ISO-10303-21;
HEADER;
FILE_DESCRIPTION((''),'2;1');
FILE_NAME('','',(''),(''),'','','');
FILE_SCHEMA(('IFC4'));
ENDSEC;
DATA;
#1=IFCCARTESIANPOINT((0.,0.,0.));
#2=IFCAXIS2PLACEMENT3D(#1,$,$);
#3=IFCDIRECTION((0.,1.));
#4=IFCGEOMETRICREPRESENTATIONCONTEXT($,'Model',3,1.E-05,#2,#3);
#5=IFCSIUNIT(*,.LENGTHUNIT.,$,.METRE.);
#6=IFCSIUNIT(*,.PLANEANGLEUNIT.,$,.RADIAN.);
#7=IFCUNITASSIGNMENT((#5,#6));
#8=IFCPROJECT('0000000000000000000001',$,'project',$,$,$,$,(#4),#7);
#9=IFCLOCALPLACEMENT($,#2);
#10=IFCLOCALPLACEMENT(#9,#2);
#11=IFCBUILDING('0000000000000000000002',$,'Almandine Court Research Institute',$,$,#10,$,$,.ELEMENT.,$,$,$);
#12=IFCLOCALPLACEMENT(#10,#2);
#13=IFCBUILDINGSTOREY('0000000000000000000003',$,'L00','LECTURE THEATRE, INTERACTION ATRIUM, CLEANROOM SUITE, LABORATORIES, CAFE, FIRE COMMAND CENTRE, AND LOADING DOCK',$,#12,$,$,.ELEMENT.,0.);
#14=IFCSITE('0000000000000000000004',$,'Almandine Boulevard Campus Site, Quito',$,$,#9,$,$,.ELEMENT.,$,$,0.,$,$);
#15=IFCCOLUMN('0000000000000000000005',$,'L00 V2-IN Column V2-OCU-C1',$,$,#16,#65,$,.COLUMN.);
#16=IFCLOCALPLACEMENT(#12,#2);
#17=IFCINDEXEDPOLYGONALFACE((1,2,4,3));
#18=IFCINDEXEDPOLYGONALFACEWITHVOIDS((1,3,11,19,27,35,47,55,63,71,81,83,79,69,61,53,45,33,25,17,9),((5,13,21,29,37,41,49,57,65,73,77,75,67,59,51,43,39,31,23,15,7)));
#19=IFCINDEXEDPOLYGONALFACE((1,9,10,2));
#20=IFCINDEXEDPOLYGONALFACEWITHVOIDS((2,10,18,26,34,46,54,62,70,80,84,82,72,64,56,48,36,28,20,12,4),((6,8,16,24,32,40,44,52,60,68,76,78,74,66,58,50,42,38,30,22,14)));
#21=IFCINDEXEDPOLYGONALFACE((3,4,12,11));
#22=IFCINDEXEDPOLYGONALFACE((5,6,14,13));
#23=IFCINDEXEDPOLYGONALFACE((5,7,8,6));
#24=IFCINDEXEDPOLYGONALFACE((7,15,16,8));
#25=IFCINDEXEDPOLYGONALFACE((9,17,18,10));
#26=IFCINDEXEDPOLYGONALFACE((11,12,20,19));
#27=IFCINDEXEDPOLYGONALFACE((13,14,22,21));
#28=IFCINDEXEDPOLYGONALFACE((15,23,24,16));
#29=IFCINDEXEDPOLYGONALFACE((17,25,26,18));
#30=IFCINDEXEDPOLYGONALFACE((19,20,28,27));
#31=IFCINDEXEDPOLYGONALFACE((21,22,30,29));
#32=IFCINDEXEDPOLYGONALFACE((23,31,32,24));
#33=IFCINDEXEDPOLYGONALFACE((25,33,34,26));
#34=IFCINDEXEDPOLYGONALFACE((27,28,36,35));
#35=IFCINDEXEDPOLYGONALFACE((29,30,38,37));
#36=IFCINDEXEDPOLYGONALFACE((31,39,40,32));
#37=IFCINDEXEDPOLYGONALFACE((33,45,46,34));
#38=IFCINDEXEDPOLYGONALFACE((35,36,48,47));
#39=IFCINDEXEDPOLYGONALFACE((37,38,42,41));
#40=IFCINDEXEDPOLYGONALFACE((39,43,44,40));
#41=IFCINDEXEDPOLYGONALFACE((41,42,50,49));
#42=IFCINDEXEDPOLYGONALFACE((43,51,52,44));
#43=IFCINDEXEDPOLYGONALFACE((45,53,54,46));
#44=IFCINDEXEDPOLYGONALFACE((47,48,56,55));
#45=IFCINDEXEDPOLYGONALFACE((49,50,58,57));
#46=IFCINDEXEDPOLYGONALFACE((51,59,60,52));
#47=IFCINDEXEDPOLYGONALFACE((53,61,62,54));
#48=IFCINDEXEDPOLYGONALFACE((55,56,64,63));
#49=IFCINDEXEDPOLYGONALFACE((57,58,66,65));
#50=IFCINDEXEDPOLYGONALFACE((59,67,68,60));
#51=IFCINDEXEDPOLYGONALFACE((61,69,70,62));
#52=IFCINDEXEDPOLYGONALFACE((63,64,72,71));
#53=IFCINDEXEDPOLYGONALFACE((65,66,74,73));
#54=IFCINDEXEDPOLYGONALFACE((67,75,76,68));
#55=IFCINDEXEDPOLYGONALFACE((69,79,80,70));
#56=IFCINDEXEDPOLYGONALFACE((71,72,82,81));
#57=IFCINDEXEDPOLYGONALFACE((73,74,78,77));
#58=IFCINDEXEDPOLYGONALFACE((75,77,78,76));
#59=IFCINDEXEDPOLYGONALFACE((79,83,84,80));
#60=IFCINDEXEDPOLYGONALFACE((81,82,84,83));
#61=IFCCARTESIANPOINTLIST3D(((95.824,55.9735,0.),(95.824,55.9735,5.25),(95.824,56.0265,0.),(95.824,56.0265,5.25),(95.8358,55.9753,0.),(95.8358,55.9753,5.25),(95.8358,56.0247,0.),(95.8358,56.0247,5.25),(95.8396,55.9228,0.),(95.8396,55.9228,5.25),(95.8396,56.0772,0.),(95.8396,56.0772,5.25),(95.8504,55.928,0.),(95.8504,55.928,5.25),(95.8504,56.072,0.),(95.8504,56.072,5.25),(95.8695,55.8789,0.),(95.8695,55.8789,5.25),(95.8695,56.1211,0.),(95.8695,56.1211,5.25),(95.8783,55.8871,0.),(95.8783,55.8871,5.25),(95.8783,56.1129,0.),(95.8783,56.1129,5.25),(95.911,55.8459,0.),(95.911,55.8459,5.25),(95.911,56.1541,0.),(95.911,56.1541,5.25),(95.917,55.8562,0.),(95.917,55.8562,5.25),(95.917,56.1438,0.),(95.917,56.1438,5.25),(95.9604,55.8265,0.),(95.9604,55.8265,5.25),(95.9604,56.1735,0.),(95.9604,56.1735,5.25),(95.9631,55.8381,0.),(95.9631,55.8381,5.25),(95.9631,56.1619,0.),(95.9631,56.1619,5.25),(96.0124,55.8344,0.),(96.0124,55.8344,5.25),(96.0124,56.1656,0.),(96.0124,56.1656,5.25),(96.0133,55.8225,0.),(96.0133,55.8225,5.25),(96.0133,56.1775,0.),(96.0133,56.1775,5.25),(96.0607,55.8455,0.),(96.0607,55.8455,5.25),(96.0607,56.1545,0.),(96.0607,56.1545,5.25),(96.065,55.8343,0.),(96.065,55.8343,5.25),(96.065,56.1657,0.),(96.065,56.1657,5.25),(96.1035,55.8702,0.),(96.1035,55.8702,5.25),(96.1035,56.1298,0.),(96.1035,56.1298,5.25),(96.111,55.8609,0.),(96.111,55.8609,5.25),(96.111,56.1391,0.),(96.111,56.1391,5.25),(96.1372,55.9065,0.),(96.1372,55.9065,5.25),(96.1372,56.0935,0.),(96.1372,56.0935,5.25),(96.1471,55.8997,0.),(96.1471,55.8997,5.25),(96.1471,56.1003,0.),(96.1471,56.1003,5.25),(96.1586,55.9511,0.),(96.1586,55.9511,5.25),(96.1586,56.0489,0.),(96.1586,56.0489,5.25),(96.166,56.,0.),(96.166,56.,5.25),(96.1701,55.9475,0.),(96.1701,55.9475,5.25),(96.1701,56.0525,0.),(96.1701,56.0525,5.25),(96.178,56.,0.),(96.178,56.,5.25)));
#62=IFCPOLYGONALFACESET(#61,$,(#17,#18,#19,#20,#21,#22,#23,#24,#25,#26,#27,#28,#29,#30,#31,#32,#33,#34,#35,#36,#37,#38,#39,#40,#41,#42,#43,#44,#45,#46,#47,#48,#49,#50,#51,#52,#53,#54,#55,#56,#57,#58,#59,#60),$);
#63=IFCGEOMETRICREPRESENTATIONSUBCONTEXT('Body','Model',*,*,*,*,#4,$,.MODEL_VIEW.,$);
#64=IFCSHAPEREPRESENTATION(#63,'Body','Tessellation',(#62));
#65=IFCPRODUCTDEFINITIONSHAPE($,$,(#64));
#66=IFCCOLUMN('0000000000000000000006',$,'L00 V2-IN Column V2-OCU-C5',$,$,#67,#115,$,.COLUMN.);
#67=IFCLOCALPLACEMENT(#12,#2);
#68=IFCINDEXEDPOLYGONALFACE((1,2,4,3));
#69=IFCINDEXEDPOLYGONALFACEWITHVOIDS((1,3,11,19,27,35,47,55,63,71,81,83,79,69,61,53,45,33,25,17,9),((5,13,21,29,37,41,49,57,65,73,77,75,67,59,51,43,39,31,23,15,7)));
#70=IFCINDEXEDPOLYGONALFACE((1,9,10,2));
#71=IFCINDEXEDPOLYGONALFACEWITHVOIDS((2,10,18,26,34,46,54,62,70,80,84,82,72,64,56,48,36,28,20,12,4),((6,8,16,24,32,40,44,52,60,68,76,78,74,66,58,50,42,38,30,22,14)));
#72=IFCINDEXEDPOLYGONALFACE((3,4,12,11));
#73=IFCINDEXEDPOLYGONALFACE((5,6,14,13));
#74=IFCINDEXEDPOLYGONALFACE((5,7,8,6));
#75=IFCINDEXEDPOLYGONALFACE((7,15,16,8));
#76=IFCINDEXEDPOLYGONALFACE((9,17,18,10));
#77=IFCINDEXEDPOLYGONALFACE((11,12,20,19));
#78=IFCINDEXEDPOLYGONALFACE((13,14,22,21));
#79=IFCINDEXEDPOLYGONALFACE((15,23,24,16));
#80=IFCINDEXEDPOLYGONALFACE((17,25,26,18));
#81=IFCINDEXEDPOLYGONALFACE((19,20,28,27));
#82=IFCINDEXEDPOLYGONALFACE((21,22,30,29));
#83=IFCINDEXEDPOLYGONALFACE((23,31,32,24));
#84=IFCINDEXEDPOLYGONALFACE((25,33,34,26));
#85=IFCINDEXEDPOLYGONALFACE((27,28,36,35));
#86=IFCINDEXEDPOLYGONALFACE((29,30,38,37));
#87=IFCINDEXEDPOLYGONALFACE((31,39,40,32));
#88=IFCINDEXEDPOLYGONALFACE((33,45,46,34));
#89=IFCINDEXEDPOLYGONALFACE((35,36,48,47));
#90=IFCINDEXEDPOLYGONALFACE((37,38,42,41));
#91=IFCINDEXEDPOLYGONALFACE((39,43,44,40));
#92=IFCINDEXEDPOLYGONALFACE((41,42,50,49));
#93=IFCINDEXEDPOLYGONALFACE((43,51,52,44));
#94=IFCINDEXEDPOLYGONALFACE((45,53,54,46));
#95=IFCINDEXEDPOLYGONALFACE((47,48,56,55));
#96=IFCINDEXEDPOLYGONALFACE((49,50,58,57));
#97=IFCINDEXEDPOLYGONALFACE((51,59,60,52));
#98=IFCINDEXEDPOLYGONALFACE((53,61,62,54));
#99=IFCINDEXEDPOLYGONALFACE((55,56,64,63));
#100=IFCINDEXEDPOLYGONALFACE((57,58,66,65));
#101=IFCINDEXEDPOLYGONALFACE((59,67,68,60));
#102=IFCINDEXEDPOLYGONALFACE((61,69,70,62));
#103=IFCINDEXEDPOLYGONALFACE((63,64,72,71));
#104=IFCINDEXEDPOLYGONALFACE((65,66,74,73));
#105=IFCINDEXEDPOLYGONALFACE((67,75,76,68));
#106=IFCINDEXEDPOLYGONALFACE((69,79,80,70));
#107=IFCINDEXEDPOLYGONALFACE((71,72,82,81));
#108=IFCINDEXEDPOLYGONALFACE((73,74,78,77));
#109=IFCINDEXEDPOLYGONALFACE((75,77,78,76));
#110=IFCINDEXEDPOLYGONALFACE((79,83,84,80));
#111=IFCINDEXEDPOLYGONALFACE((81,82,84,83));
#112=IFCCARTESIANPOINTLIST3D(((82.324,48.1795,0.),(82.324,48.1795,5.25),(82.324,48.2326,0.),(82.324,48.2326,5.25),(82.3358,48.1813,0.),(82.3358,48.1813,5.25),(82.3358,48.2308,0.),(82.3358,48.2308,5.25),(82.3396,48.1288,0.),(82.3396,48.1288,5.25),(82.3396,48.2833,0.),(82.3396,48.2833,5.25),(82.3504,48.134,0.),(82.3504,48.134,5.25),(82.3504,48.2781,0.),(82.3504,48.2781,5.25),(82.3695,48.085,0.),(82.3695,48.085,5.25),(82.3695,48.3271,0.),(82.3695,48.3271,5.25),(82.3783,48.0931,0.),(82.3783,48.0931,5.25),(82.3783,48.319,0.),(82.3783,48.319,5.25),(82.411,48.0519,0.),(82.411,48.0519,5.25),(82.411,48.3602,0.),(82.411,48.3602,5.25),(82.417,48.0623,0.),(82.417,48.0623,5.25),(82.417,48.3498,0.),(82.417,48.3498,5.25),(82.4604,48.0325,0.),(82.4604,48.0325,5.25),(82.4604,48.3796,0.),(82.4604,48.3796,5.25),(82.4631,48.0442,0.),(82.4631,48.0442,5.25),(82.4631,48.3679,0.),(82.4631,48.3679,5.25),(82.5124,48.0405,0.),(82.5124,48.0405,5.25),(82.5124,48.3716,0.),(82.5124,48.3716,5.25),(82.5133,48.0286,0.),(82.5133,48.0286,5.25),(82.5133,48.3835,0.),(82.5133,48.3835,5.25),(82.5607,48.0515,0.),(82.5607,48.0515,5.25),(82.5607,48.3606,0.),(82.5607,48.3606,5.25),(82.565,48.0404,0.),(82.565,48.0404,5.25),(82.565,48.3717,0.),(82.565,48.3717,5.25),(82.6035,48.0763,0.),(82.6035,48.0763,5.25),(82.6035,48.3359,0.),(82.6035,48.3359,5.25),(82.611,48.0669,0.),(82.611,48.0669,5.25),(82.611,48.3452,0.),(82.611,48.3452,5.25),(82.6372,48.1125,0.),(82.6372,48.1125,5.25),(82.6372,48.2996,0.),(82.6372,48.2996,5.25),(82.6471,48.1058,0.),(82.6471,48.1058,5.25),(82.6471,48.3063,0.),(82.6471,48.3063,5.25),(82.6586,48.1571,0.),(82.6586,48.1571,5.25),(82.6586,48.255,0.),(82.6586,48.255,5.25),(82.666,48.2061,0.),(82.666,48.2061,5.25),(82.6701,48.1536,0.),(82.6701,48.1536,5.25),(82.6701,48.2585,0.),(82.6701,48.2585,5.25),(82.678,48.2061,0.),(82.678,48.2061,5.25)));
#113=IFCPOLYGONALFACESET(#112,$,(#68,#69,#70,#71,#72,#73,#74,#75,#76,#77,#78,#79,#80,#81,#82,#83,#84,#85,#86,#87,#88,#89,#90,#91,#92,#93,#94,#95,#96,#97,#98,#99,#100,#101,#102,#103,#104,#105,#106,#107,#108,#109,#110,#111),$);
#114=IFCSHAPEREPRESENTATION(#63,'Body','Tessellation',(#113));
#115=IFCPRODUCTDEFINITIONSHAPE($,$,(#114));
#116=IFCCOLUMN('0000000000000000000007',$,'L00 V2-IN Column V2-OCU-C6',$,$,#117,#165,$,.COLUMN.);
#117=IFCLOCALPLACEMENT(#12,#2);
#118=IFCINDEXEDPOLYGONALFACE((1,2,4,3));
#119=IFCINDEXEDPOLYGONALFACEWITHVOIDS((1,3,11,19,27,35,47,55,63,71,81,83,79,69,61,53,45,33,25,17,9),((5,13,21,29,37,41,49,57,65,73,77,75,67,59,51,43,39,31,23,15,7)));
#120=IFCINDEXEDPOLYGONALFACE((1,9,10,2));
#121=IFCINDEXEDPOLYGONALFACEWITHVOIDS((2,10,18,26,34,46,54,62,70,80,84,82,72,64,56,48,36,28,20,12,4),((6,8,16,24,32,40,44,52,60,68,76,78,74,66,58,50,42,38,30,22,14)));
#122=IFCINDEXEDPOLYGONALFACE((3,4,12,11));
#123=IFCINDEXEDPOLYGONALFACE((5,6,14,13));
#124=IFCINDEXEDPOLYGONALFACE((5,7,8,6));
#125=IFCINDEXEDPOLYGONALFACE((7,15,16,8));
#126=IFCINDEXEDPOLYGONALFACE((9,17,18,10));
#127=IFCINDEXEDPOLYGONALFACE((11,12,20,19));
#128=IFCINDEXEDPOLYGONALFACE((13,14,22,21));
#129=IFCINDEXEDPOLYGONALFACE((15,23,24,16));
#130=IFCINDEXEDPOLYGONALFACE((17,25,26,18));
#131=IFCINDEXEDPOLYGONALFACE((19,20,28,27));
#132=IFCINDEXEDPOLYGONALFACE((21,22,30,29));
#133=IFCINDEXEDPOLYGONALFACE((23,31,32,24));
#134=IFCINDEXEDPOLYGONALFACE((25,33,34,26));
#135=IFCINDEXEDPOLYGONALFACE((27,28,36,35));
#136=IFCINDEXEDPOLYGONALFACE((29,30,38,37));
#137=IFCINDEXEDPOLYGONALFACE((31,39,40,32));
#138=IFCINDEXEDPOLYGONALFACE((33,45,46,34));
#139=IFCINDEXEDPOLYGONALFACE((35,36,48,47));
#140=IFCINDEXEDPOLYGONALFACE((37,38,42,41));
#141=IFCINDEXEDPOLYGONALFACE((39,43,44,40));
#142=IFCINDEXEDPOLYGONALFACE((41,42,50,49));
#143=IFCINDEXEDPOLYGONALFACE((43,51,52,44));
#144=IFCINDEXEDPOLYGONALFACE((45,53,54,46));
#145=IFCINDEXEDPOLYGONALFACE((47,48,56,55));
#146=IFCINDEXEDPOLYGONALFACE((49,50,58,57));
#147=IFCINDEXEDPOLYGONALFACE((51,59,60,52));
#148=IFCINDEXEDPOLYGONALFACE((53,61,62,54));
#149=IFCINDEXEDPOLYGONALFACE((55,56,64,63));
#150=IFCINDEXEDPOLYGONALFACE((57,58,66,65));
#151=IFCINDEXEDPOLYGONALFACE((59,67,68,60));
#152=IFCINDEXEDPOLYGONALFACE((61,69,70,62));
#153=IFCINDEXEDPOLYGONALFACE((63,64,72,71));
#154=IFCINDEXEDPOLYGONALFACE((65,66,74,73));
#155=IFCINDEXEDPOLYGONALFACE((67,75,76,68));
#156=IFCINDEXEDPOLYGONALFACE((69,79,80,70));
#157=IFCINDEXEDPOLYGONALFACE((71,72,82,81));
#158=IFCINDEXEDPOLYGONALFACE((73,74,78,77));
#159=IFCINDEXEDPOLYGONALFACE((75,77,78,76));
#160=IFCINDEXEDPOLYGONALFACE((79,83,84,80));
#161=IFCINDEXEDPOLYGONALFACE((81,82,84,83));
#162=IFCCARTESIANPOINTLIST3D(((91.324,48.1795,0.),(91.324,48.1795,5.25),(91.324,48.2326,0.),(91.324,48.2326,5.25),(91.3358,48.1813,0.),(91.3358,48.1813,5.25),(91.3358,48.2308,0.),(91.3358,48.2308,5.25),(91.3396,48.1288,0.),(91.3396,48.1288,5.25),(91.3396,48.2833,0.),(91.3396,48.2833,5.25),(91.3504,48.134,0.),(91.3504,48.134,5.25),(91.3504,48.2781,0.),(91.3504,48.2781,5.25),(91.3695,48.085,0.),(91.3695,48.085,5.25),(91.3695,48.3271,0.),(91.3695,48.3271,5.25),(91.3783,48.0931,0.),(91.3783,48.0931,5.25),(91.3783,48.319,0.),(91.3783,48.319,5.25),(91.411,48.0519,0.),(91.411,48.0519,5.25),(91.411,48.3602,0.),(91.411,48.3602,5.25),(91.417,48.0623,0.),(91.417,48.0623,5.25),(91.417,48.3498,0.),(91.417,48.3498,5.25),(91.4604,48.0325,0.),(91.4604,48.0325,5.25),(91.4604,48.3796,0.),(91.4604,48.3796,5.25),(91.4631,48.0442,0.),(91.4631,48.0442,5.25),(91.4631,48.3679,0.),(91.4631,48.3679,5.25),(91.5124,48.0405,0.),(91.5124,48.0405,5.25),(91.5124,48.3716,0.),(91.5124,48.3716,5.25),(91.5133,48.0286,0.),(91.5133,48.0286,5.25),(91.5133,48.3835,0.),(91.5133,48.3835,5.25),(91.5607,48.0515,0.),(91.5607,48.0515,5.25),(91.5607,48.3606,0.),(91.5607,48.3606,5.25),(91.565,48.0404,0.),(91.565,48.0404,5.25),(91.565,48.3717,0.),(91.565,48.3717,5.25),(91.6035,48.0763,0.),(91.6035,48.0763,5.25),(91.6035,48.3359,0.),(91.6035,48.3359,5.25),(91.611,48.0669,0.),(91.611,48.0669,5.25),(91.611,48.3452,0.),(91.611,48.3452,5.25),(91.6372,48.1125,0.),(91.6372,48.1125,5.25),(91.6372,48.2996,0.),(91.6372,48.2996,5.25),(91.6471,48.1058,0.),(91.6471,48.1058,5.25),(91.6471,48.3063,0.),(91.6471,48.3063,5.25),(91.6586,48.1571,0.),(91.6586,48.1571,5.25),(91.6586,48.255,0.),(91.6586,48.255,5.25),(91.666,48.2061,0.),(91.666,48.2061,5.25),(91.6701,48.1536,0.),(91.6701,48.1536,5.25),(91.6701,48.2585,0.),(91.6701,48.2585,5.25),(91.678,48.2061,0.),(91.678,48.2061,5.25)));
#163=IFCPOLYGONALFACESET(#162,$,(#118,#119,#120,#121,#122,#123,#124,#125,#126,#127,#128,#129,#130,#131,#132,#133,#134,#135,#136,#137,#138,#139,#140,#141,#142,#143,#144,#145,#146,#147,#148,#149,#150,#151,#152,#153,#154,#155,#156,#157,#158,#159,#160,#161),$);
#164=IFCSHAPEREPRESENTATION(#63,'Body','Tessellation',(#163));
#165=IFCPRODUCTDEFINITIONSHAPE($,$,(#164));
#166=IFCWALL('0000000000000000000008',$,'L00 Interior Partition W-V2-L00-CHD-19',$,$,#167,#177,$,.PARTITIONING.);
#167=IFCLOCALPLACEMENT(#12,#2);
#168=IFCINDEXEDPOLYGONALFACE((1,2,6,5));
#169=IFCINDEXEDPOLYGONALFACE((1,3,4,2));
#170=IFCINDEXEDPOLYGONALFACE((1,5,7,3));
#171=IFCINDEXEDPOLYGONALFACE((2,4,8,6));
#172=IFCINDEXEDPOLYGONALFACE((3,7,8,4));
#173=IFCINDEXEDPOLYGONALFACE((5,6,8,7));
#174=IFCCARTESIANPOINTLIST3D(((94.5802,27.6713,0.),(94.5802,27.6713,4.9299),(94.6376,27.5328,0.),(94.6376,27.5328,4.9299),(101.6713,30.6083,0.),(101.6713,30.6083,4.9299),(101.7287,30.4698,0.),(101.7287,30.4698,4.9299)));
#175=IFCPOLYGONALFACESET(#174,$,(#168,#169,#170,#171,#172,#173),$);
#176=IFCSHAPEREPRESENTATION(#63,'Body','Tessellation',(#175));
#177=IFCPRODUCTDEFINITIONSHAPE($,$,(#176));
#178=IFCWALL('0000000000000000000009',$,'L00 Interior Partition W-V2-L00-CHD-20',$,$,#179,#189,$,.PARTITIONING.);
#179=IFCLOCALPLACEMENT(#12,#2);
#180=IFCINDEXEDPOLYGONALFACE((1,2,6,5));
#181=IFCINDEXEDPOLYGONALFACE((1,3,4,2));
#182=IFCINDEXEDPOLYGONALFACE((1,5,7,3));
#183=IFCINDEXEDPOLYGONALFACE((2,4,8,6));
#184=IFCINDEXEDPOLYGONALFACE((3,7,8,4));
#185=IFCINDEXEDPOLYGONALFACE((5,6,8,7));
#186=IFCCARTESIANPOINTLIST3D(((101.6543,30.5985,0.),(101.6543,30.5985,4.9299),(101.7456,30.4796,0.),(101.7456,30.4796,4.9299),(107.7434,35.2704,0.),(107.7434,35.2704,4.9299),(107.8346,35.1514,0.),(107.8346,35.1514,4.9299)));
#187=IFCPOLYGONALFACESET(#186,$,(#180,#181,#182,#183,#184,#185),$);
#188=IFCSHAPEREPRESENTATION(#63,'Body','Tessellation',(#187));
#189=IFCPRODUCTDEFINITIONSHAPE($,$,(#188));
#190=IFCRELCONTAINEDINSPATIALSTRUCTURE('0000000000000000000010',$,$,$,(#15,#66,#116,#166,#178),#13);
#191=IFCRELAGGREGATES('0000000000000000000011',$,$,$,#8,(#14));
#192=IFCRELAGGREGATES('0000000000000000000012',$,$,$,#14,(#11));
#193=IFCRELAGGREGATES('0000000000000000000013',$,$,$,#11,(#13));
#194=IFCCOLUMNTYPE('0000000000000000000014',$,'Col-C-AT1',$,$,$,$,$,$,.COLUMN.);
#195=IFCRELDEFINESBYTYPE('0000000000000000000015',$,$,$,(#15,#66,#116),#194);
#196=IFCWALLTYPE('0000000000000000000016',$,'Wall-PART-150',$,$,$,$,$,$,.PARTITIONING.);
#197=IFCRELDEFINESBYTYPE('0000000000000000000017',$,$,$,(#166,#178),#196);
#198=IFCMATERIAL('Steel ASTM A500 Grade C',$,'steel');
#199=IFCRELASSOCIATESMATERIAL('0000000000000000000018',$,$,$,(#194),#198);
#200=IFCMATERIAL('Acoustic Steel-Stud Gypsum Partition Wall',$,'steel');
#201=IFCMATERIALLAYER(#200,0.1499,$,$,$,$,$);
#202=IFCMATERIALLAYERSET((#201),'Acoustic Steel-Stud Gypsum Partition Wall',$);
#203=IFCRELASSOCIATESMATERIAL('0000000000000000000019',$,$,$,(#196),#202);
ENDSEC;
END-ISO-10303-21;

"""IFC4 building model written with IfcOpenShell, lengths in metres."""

from ifc_helpers import new_model, si_unit, direction, frame, frame_2d, origin, origin_2d, place, context, subcontext, project, spatial, rectangle, hollow_circle, extrude, material, layer, layer_set, material_profile, profile_set, type_object, element, save


model = new_model("IFC4")

# Units and contexts
model_context = context("Model", 3, precision=1e-05, world=origin(), true_north=direction((0.0, 1.0)))
body_context = subcontext(model_context, "Body", "Model", "MODEL_VIEW")
ifc_project = project(units=[si_unit("LENGTHUNIT", "METRE"), si_unit("PLANEANGLEUNIT", "RADIAN")], contexts=[model_context])

# Site, building, storey
site_placement = place(None, origin())
site = spatial("IfcSite", under=ifc_project, at=site_placement, Name="Almandine Boulevard Campus Site, Quito", CompositionType="ELEMENT", RefElevation=0.0)
building_placement = place(site_placement, origin())
building = spatial("IfcBuilding", under=site, at=building_placement, Name="Almandine Court Research Institute", CompositionType="ELEMENT")
storey_placement = place(building_placement, origin())
storey = spatial("IfcBuildingStorey", under=building, at=storey_placement, Name="L00", Description="LECTURE THEATRE, INTERACTION ATRIUM, CLEANROOM SUITE, LABORATORIES, CAFE, FIRE COMMAND CENTRE, AND LOADING DOCK", CompositionType="ELEMENT", Elevation=0.0)

# Columns
ifc_material_1 = material(Name="Steel ASTM A500 Grade C", Category="steel")
ifc_material_profile = material_profile(ifc_material_1, hollow_circle(Radius=0.178, WallThickness=0.012, at=origin_2d()), Name="CHS 356x12")
ifc_profile_set = profile_set([ifc_material_profile], Name="Steel ASTM A500 Grade C")
column_type = type_object("IfcColumnType", Name="Col-C-AT1", PredefinedType="COLUMN", material=ifc_profile_set)
for number, where, z_axis, x_axis, name in (
    (1, (96.0, 56.0, 0.0), (0.0, 0.0, 1.0), (1.0, 0.0, 0.0), "L00 V2-IN Column V2-OCU-C1"),
    (2, (82.5, 48.2061, 0.0), (0.0, 0.0, 1.0), (1.0, 0.0, 0.0), "L00 V2-IN Column V2-OCU-C5"),
    (3, (91.5, 48.2061, 0.0), (0.0, 0.0, 1.0), (1.0, 0.0, 0.0), "L00 V2-IN Column V2-OCU-C6"),
):
    element("IfcColumn", number, at=place(storey_placement, frame(where, z_axis=z_axis, x_axis=x_axis)), inside=storey, type_object=column_type, Name=name, PredefinedType="COLUMN", context=body_context, shape_type="SweptSolid", body=[
        extrude(hollow_circle(Radius=0.178, WallThickness=0.012, at=origin_2d()), origin(), (0.0, 0.0, 1.0), 5.25),
    ])

# Walls
ifc_material_2 = material(Name="Acoustic Steel-Stud Gypsum Partition Wall", Category="steel")
ifc_layer = layer(ifc_material_2, 0.1499)
ifc_layer_set = layer_set([ifc_layer], Name="Acoustic Steel-Stud Gypsum Partition Wall")
wall_type = type_object("IfcWallType", Name="Wall-PART-150", PredefinedType="PARTITIONING", material=ifc_layer_set)
wall_1_placement = place(storey_placement, frame((94.6089, 27.6021, 0.0), z_axis=(0.0, 0.0, 1.0), x_axis=(0.923889, 0.382661, 0.0)))
element("IfcWall", 4, at=wall_1_placement, inside=storey, type_object=wall_type, Name="L00 Interior Partition W-V2-L00-CHD-19", PredefinedType="PARTITIONING", context=body_context, shape_type="SweptSolid", body=[
    extrude(rectangle(XDim=7.6753, YDim=0.1499, at=frame_2d((3.8376, 0.0))), origin(), (0.0, 0.0, 1.0), 4.9299),
])
wall_2_placement = place(storey_placement, frame((101.7, 30.5391, 0.0), z_axis=(0.0, 0.0, 1.0), x_axis=(0.793383, 0.608723, 0.0)))
element("IfcWall", 5, at=wall_2_placement, inside=storey, type_object=wall_type, Name="L00 Interior Partition W-V2-L00-CHD-20", PredefinedType="PARTITIONING", context=body_context, shape_type="SweptSolid", body=[
    extrude(rectangle(XDim=7.6748, YDim=0.1499, at=frame_2d((3.8374, 0.0))), origin(), (0.0, 0.0, 1.0), 4.9299),
])

save(model, "model.ifc")
